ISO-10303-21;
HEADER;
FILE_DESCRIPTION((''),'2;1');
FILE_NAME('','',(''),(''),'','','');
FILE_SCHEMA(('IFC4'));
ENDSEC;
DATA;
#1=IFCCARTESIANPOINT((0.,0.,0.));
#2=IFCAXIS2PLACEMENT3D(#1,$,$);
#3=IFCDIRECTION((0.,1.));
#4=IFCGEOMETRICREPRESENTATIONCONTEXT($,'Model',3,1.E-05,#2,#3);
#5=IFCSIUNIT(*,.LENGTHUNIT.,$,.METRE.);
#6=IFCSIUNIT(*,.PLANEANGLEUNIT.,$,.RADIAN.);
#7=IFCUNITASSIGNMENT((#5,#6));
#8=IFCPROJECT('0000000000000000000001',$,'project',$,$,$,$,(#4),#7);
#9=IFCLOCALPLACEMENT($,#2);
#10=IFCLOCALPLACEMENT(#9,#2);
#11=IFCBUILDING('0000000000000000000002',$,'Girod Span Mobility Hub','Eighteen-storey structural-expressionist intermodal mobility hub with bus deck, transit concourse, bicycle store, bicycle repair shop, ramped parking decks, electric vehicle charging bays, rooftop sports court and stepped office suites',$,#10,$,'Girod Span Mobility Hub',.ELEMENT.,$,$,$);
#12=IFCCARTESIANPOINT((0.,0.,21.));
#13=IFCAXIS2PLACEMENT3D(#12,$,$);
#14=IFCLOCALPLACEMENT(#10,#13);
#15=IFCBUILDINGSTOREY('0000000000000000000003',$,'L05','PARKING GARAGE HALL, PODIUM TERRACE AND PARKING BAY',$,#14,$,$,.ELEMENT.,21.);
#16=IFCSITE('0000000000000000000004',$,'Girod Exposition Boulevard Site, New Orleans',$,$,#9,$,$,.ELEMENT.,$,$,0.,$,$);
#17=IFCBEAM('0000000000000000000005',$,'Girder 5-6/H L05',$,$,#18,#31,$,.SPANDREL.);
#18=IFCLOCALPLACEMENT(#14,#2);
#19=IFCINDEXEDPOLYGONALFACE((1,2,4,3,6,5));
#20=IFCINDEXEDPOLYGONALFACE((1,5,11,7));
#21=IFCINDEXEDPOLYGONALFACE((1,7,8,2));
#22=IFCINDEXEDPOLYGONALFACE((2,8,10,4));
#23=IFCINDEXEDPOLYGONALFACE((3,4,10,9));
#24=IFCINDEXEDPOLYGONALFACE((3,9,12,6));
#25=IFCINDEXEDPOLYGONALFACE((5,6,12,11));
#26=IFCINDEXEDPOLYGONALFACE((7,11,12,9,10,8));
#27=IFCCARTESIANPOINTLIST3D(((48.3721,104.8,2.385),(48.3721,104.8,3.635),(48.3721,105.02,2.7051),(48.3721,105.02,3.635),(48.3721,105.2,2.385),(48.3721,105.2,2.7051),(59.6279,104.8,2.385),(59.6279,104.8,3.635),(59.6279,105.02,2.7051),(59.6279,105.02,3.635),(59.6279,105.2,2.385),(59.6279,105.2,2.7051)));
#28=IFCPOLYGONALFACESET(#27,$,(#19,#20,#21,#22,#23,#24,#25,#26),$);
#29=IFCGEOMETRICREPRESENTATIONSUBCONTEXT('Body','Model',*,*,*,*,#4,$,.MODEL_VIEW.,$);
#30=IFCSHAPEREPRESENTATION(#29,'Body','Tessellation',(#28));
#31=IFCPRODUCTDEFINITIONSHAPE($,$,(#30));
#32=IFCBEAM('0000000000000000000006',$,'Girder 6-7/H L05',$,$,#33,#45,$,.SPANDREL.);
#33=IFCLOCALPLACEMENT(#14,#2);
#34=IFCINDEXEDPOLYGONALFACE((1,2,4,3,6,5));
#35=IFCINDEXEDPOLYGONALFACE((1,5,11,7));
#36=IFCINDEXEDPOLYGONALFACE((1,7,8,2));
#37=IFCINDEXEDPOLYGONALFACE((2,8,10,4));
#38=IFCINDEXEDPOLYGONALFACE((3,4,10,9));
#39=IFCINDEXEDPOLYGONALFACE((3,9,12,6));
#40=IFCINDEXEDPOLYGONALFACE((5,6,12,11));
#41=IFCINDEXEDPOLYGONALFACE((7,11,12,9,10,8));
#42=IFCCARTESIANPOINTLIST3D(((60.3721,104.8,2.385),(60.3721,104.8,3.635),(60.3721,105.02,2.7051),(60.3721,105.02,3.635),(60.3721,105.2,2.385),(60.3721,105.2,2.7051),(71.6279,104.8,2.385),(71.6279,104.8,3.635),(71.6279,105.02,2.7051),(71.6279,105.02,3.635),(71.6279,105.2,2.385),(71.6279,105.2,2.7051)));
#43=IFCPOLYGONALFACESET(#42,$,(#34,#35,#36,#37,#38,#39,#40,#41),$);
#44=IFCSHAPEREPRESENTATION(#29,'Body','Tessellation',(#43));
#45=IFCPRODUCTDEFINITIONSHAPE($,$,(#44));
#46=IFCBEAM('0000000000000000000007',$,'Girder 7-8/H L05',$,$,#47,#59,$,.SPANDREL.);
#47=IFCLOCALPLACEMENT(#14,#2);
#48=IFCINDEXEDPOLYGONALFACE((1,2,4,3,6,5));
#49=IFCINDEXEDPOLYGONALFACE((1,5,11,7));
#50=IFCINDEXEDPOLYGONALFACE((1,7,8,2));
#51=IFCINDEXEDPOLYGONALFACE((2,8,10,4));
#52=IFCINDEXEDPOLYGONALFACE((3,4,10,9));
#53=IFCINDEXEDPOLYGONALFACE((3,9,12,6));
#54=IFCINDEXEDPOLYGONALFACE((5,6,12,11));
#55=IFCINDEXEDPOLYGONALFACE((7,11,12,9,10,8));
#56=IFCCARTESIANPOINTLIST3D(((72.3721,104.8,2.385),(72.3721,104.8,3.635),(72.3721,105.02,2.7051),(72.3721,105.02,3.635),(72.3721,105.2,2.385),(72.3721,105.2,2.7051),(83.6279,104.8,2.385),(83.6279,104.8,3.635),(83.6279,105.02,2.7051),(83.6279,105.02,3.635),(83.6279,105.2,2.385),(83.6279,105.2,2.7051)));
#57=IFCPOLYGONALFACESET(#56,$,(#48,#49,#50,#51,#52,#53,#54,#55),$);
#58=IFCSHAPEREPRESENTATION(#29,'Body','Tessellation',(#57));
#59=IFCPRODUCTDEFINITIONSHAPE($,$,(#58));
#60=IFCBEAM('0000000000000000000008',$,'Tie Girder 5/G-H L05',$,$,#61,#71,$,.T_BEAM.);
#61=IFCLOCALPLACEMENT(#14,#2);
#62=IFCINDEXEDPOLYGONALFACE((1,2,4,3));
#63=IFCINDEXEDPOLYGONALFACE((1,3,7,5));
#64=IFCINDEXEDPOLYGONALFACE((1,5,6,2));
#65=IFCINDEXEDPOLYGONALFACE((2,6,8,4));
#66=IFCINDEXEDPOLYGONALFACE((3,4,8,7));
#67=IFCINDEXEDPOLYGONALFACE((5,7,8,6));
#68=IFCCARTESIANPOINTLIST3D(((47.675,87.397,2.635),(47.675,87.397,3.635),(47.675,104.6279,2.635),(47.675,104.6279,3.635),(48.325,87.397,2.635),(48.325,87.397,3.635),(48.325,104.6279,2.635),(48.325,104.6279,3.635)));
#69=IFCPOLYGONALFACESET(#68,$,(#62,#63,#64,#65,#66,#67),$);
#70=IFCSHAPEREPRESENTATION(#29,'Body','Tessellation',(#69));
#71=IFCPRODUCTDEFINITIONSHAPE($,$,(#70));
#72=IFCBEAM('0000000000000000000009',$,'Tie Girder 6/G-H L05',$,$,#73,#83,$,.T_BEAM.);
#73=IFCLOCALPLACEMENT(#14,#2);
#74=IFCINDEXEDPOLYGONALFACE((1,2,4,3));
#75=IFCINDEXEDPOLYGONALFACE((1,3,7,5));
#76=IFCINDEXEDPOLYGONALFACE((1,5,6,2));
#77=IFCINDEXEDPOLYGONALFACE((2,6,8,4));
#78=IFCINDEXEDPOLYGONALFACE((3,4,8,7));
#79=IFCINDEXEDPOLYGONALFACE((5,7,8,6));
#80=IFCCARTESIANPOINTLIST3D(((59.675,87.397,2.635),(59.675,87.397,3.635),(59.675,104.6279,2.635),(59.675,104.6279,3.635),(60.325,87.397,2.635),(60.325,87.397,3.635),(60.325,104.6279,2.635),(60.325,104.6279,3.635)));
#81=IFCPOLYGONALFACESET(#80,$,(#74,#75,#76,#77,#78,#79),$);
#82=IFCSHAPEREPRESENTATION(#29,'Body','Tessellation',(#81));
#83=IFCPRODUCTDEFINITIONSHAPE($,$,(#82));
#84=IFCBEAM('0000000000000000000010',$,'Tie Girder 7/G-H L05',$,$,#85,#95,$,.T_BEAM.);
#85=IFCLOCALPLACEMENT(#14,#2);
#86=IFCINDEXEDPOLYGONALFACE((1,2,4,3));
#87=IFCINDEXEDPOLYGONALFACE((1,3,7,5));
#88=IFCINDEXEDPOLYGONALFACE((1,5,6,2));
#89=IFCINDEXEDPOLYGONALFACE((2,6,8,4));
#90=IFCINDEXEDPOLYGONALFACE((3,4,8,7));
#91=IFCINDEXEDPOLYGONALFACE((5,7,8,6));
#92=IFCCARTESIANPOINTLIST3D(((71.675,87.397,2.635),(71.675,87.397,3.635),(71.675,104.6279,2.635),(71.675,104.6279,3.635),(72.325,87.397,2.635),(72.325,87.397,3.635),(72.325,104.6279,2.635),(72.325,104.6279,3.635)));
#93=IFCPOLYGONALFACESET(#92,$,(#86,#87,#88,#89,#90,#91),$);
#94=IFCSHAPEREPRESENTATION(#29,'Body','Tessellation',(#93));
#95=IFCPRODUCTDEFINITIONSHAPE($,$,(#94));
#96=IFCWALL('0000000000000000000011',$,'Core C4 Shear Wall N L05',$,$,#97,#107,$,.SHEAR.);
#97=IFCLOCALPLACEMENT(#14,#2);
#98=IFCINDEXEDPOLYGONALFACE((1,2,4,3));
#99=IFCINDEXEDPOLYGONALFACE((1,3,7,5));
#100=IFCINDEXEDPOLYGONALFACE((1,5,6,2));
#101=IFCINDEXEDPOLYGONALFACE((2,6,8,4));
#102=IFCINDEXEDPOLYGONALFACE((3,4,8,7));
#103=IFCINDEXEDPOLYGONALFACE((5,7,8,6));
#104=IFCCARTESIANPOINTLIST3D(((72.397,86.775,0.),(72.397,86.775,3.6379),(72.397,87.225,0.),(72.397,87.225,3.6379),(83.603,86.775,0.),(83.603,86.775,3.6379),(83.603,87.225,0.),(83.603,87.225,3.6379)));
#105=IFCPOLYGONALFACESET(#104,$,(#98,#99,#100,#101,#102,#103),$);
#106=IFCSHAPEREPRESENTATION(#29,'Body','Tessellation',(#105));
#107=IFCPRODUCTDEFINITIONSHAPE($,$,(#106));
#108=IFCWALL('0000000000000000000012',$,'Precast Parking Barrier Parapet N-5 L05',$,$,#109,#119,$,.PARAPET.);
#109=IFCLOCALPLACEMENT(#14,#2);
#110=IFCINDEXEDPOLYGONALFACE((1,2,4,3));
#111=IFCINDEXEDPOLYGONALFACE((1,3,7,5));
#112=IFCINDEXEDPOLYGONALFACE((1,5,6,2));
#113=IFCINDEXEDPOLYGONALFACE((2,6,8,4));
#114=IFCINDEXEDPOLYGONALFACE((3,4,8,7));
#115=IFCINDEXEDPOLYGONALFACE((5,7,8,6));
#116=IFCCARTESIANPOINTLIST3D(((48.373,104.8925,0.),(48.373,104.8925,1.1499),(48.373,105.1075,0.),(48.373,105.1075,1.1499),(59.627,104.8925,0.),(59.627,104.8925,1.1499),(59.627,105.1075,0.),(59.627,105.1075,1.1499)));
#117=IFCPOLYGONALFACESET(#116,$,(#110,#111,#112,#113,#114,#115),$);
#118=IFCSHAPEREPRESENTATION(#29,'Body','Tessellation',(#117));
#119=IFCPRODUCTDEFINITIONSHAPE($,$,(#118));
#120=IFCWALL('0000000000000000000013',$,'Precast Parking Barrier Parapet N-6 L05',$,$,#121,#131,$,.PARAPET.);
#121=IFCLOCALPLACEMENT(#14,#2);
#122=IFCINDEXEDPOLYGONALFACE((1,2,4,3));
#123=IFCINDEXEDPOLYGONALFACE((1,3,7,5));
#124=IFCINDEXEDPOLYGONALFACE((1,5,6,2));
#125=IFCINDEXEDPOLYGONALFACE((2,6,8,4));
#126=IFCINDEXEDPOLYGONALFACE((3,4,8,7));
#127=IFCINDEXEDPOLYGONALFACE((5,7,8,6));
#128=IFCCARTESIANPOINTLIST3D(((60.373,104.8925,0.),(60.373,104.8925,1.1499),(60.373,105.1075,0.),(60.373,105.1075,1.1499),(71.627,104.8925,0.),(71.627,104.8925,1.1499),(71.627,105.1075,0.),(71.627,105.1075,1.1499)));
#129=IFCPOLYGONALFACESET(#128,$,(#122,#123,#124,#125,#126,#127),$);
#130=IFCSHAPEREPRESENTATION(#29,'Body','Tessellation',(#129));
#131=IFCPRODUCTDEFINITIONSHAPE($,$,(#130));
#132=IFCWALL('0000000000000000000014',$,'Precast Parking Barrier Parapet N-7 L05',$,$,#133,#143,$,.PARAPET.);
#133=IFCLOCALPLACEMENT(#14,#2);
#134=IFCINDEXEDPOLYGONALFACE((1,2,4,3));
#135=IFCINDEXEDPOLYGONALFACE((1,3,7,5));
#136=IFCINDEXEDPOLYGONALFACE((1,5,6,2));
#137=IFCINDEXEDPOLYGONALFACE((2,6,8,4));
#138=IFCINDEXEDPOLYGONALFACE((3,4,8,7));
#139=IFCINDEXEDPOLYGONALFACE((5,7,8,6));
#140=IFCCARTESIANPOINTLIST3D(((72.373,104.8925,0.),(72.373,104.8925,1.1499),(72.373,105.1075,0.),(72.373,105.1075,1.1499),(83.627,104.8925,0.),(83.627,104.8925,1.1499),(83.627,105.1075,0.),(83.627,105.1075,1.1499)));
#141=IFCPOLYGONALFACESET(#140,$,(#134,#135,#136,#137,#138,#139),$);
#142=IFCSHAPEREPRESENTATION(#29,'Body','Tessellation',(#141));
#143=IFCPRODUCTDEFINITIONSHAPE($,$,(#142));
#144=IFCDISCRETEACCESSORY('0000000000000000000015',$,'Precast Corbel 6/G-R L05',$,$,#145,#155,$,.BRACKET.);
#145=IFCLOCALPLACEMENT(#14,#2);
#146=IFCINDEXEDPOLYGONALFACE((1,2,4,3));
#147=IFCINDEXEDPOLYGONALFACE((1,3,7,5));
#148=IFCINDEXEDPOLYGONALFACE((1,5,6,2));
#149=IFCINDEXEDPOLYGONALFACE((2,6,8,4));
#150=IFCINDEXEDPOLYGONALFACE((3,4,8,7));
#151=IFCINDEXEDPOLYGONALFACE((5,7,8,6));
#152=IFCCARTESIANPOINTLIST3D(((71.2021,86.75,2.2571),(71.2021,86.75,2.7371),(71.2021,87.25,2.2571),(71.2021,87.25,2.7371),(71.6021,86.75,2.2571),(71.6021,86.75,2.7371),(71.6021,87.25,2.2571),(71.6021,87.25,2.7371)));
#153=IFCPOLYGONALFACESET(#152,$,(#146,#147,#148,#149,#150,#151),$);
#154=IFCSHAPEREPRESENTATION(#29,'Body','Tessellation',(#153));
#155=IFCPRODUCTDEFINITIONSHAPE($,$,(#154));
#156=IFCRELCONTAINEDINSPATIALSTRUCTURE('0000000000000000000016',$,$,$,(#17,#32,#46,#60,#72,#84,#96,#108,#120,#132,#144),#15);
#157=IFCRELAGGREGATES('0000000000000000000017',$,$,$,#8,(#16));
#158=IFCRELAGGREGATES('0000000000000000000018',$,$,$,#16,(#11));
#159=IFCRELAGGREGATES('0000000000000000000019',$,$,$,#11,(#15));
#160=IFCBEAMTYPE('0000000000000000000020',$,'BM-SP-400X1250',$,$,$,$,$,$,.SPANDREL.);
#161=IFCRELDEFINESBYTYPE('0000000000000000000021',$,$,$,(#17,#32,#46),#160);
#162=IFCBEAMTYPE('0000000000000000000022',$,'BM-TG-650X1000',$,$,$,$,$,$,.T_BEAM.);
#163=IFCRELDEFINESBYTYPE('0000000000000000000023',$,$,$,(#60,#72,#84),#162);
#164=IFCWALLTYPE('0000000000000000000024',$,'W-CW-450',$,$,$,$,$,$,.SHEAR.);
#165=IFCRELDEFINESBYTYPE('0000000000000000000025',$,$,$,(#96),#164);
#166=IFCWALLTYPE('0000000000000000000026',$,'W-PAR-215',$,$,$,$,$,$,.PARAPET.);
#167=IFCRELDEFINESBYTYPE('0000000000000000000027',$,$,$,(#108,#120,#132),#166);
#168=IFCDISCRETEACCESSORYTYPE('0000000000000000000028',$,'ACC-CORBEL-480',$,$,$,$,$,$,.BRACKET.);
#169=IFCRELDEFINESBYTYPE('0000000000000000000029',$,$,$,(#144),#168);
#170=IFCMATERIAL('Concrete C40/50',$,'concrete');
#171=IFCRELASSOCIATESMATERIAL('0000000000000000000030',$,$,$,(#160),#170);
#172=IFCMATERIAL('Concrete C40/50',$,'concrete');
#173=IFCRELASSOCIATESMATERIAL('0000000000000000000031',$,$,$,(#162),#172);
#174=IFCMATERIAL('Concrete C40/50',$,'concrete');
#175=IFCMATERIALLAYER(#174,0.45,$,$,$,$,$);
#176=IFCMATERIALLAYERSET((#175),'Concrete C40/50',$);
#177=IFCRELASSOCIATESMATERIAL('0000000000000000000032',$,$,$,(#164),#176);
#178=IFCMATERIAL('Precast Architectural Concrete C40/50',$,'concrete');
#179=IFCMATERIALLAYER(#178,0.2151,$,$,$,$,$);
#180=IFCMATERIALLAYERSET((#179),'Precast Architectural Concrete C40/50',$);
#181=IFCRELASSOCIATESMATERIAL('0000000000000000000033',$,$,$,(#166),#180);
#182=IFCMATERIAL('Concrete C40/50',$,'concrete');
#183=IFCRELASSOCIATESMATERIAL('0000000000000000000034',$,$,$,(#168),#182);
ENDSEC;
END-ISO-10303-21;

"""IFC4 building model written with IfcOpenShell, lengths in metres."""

from ifc_helpers import new_model, si_unit, direction, frame, frame_2d, origin, origin_2d, place, context, subcontext, project, spatial, polyline, rectangle, outline, extrude, material, layer, layer_set, material_profile, profile_set, type_object, element, save


model = new_model("IFC4")

# Units and contexts
model_context = context("Model", 3, precision=1e-05, world=origin(), true_north=direction((0.0, 1.0)))
body_context = subcontext(model_context, "Body", "Model", "MODEL_VIEW")
ifc_project = project(units=[si_unit("LENGTHUNIT", "METRE"), si_unit("PLANEANGLEUNIT", "RADIAN")], contexts=[model_context])

# Site, building, storey
site_placement = place(None, origin())
site = spatial("IfcSite", under=ifc_project, at=site_placement, Name="Girod Exposition Boulevard Site, New Orleans", CompositionType="ELEMENT", RefElevation=0.0)
building_placement = place(site_placement, origin())
building = spatial("IfcBuilding", under=site, at=building_placement, Name="Girod Span Mobility Hub", Description="Eighteen-storey structural-expressionist intermodal mobility hub with bus deck, transit concourse, bicycle store, bicycle repair shop, ramped parking decks, electric vehicle charging bays, rooftop sports court and stepped office suites", LongName="Girod Span Mobility Hub", CompositionType="ELEMENT")
storey_placement = place(building_placement, frame((0.0, 0.0, 21.0)))
storey = spatial("IfcBuildingStorey", under=building, at=storey_placement, Name="L05", Description="PARKING GARAGE HALL, PODIUM TERRACE AND PARKING BAY", CompositionType="ELEMENT", Elevation=21.0)

# Beams
ifc_material_1 = material(Name="Concrete C40/50", Category="concrete")
ifc_material_profile_1 = material_profile(ifc_material_1, outline(polyline([(-0.2, -0.625), (0.2, -0.625), (0.2, -0.3049), (0.02, -0.3049), (0.02, 0.625), (-0.2, 0.625), (-0.2, -0.625)])), Name="SP-400X1250")
ifc_profile_set_1 = profile_set([ifc_material_profile_1], Name="Concrete C40/50")
beam_type_1 = type_object("IfcBeamType", Name="BM-SP-400X1250", PredefinedType="SPANDREL", material=ifc_profile_set_1)
for number, where, z_axis, x_axis, name in (
    (1, (48.3721, 105.0, 3.01), (1.0, 0.0, 0.0), (0.0, 1.0, 0.0), "Girder 5-6/H L05"),
    (2, (60.3721, 105.0, 3.01), (1.0, 0.0, 0.0), (0.0, 1.0, 0.0), "Girder 6-7/H L05"),
    (3, (72.3721, 105.0, 3.01), (1.0, 0.0, 0.0), (0.0, 1.0, 0.0), "Girder 7-8/H L05"),
):
    element("IfcBeam", number, at=place(storey_placement, frame(where, z_axis=z_axis, x_axis=x_axis)), inside=storey, type_object=beam_type_1, Name=name, PredefinedType="SPANDREL", context=body_context, shape_type="SweptSolid", body=[
        extrude(outline(polyline([(-0.2, -0.625), (0.2, -0.625), (0.2, -0.3049), (0.02, -0.3049), (0.02, 0.625), (-0.2, 0.625), (-0.2, -0.625)])), origin(), (0.0, 0.0, 1.0), 11.2559),
    ])
ifc_material_2 = material(Name="Concrete C40/50", Category="concrete")
ifc_material_profile_2 = material_profile(ifc_material_2, rectangle(XDim=0.6499, YDim=1.0, at=origin_2d()), Name="TG-650X1000")
ifc_profile_set_2 = profile_set([ifc_material_profile_2], Name="Concrete C40/50")
beam_type_2 = type_object("IfcBeamType", Name="BM-TG-650X1000", PredefinedType="T_BEAM", material=ifc_profile_set_2)
for number, where, z_axis, x_axis, name in (
    (4, (48.0, 87.397, 3.135), (0.0, 1.0, 0.0), (-1.0, 0.0, 0.0), "Tie Girder 5/G-H L05"),
    (5, (60.0, 87.397, 3.135), (0.0, 1.0, 0.0), (-1.0, 0.0, 0.0), "Tie Girder 6/G-H L05"),
    (6, (72.0, 87.397, 3.135), (0.0, 1.0, 0.0), (-1.0, 0.0, 0.0), "Tie Girder 7/G-H L05"),
):
    element("IfcBeam", number, at=place(storey_placement, frame(where, z_axis=z_axis, x_axis=x_axis)), inside=storey, type_object=beam_type_2, Name=name, PredefinedType="T_BEAM", context=body_context, shape_type="SweptSolid", body=[
        extrude(rectangle(XDim=0.6499, YDim=1.0, at=origin_2d()), origin(), (0.0, 0.0, 1.0), 17.231),
    ])

# Walls
ifc_material_3 = material(Name="Concrete C40/50", Category="concrete")
ifc_layer_1 = layer(ifc_material_3, 0.45)
ifc_layer_set_1 = layer_set([ifc_layer_1], Name="Concrete C40/50")
wall_type_1 = type_object("IfcWallType", Name="W-CW-450", PredefinedType="SHEAR", material=ifc_layer_set_1)
wall_placement = place(storey_placement, frame((72.397, 87.0, 0.0), z_axis=(0.0, 0.0, 1.0), x_axis=(1.0, 0.0, 0.0)))
element("IfcWall", 7, at=wall_placement, inside=storey, type_object=wall_type_1, Name="Core C4 Shear Wall N L05", PredefinedType="SHEAR", context=body_context, shape_type="SweptSolid", body=[
    extrude(rectangle(XDim=11.2061, YDim=0.45, at=frame_2d((5.603, 0.0))), origin(), (0.0, 0.0, 1.0), 3.6379),
])
ifc_material_4 = material(Name="Precast Architectural Concrete C40/50", Category="concrete")
ifc_layer_2 = layer(ifc_material_4, 0.2151)
ifc_layer_set_2 = layer_set([ifc_layer_2], Name="Precast Architectural Concrete C40/50")
wall_type_2 = type_object("IfcWallType", Name="W-PAR-215", PredefinedType="PARAPET", material=ifc_layer_set_2)
for number, where, z_axis, x_axis, name in (
    (8, (48.373, 105.0, 0.0), (0.0, 0.0, 1.0), (1.0, 0.0, 0.0), "Precast Parking Barrier Parapet N-5 L05"),
    (9, (60.373, 105.0, 0.0), (0.0, 0.0, 1.0), (1.0, 0.0, 0.0), "Precast Parking Barrier Parapet N-6 L05"),
    (10, (72.373, 105.0, 0.0), (0.0, 0.0, 1.0), (1.0, 0.0, 0.0), "Precast Parking Barrier Parapet N-7 L05"),
):
    element("IfcWall", number, at=place(storey_placement, frame(where, z_axis=z_axis, x_axis=x_axis)), inside=storey, type_object=wall_type_2, Name=name, PredefinedType="PARAPET", context=body_context, shape_type="SweptSolid", body=[
        extrude(rectangle(XDim=11.2539, YDim=0.2151, at=frame_2d((5.627, 0.0))), origin(), (0.0, 0.0, 1.0), 1.1499),
    ])

# Discrete accessory
ifc_material_5 = material(Name="Concrete C40/50", Category="concrete")
discrete_accessory_type = type_object("IfcDiscreteAccessoryType", Name="ACC-CORBEL-480", PredefinedType="BRACKET", material=ifc_material_5)
discrete_accessory_placement = place(storey_placement, frame((71.4021, 87.0, 2.2571), z_axis=(0.0, 0.0, 1.0), x_axis=(1.0, 0.0, 0.0)))
element("IfcDiscreteAccessory", 11, at=discrete_accessory_placement, inside=storey, type_object=discrete_accessory_type, Name="Precast Corbel 6/G-R L05", PredefinedType="BRACKET", context=body_context, shape_type="SweptSolid", body=[
    extrude(rectangle(XDim=0.3999, YDim=0.5, at=origin_2d()), origin(), (0.0, 0.0, 1.0), 0.48),
])

save(model, "model.ifc")
